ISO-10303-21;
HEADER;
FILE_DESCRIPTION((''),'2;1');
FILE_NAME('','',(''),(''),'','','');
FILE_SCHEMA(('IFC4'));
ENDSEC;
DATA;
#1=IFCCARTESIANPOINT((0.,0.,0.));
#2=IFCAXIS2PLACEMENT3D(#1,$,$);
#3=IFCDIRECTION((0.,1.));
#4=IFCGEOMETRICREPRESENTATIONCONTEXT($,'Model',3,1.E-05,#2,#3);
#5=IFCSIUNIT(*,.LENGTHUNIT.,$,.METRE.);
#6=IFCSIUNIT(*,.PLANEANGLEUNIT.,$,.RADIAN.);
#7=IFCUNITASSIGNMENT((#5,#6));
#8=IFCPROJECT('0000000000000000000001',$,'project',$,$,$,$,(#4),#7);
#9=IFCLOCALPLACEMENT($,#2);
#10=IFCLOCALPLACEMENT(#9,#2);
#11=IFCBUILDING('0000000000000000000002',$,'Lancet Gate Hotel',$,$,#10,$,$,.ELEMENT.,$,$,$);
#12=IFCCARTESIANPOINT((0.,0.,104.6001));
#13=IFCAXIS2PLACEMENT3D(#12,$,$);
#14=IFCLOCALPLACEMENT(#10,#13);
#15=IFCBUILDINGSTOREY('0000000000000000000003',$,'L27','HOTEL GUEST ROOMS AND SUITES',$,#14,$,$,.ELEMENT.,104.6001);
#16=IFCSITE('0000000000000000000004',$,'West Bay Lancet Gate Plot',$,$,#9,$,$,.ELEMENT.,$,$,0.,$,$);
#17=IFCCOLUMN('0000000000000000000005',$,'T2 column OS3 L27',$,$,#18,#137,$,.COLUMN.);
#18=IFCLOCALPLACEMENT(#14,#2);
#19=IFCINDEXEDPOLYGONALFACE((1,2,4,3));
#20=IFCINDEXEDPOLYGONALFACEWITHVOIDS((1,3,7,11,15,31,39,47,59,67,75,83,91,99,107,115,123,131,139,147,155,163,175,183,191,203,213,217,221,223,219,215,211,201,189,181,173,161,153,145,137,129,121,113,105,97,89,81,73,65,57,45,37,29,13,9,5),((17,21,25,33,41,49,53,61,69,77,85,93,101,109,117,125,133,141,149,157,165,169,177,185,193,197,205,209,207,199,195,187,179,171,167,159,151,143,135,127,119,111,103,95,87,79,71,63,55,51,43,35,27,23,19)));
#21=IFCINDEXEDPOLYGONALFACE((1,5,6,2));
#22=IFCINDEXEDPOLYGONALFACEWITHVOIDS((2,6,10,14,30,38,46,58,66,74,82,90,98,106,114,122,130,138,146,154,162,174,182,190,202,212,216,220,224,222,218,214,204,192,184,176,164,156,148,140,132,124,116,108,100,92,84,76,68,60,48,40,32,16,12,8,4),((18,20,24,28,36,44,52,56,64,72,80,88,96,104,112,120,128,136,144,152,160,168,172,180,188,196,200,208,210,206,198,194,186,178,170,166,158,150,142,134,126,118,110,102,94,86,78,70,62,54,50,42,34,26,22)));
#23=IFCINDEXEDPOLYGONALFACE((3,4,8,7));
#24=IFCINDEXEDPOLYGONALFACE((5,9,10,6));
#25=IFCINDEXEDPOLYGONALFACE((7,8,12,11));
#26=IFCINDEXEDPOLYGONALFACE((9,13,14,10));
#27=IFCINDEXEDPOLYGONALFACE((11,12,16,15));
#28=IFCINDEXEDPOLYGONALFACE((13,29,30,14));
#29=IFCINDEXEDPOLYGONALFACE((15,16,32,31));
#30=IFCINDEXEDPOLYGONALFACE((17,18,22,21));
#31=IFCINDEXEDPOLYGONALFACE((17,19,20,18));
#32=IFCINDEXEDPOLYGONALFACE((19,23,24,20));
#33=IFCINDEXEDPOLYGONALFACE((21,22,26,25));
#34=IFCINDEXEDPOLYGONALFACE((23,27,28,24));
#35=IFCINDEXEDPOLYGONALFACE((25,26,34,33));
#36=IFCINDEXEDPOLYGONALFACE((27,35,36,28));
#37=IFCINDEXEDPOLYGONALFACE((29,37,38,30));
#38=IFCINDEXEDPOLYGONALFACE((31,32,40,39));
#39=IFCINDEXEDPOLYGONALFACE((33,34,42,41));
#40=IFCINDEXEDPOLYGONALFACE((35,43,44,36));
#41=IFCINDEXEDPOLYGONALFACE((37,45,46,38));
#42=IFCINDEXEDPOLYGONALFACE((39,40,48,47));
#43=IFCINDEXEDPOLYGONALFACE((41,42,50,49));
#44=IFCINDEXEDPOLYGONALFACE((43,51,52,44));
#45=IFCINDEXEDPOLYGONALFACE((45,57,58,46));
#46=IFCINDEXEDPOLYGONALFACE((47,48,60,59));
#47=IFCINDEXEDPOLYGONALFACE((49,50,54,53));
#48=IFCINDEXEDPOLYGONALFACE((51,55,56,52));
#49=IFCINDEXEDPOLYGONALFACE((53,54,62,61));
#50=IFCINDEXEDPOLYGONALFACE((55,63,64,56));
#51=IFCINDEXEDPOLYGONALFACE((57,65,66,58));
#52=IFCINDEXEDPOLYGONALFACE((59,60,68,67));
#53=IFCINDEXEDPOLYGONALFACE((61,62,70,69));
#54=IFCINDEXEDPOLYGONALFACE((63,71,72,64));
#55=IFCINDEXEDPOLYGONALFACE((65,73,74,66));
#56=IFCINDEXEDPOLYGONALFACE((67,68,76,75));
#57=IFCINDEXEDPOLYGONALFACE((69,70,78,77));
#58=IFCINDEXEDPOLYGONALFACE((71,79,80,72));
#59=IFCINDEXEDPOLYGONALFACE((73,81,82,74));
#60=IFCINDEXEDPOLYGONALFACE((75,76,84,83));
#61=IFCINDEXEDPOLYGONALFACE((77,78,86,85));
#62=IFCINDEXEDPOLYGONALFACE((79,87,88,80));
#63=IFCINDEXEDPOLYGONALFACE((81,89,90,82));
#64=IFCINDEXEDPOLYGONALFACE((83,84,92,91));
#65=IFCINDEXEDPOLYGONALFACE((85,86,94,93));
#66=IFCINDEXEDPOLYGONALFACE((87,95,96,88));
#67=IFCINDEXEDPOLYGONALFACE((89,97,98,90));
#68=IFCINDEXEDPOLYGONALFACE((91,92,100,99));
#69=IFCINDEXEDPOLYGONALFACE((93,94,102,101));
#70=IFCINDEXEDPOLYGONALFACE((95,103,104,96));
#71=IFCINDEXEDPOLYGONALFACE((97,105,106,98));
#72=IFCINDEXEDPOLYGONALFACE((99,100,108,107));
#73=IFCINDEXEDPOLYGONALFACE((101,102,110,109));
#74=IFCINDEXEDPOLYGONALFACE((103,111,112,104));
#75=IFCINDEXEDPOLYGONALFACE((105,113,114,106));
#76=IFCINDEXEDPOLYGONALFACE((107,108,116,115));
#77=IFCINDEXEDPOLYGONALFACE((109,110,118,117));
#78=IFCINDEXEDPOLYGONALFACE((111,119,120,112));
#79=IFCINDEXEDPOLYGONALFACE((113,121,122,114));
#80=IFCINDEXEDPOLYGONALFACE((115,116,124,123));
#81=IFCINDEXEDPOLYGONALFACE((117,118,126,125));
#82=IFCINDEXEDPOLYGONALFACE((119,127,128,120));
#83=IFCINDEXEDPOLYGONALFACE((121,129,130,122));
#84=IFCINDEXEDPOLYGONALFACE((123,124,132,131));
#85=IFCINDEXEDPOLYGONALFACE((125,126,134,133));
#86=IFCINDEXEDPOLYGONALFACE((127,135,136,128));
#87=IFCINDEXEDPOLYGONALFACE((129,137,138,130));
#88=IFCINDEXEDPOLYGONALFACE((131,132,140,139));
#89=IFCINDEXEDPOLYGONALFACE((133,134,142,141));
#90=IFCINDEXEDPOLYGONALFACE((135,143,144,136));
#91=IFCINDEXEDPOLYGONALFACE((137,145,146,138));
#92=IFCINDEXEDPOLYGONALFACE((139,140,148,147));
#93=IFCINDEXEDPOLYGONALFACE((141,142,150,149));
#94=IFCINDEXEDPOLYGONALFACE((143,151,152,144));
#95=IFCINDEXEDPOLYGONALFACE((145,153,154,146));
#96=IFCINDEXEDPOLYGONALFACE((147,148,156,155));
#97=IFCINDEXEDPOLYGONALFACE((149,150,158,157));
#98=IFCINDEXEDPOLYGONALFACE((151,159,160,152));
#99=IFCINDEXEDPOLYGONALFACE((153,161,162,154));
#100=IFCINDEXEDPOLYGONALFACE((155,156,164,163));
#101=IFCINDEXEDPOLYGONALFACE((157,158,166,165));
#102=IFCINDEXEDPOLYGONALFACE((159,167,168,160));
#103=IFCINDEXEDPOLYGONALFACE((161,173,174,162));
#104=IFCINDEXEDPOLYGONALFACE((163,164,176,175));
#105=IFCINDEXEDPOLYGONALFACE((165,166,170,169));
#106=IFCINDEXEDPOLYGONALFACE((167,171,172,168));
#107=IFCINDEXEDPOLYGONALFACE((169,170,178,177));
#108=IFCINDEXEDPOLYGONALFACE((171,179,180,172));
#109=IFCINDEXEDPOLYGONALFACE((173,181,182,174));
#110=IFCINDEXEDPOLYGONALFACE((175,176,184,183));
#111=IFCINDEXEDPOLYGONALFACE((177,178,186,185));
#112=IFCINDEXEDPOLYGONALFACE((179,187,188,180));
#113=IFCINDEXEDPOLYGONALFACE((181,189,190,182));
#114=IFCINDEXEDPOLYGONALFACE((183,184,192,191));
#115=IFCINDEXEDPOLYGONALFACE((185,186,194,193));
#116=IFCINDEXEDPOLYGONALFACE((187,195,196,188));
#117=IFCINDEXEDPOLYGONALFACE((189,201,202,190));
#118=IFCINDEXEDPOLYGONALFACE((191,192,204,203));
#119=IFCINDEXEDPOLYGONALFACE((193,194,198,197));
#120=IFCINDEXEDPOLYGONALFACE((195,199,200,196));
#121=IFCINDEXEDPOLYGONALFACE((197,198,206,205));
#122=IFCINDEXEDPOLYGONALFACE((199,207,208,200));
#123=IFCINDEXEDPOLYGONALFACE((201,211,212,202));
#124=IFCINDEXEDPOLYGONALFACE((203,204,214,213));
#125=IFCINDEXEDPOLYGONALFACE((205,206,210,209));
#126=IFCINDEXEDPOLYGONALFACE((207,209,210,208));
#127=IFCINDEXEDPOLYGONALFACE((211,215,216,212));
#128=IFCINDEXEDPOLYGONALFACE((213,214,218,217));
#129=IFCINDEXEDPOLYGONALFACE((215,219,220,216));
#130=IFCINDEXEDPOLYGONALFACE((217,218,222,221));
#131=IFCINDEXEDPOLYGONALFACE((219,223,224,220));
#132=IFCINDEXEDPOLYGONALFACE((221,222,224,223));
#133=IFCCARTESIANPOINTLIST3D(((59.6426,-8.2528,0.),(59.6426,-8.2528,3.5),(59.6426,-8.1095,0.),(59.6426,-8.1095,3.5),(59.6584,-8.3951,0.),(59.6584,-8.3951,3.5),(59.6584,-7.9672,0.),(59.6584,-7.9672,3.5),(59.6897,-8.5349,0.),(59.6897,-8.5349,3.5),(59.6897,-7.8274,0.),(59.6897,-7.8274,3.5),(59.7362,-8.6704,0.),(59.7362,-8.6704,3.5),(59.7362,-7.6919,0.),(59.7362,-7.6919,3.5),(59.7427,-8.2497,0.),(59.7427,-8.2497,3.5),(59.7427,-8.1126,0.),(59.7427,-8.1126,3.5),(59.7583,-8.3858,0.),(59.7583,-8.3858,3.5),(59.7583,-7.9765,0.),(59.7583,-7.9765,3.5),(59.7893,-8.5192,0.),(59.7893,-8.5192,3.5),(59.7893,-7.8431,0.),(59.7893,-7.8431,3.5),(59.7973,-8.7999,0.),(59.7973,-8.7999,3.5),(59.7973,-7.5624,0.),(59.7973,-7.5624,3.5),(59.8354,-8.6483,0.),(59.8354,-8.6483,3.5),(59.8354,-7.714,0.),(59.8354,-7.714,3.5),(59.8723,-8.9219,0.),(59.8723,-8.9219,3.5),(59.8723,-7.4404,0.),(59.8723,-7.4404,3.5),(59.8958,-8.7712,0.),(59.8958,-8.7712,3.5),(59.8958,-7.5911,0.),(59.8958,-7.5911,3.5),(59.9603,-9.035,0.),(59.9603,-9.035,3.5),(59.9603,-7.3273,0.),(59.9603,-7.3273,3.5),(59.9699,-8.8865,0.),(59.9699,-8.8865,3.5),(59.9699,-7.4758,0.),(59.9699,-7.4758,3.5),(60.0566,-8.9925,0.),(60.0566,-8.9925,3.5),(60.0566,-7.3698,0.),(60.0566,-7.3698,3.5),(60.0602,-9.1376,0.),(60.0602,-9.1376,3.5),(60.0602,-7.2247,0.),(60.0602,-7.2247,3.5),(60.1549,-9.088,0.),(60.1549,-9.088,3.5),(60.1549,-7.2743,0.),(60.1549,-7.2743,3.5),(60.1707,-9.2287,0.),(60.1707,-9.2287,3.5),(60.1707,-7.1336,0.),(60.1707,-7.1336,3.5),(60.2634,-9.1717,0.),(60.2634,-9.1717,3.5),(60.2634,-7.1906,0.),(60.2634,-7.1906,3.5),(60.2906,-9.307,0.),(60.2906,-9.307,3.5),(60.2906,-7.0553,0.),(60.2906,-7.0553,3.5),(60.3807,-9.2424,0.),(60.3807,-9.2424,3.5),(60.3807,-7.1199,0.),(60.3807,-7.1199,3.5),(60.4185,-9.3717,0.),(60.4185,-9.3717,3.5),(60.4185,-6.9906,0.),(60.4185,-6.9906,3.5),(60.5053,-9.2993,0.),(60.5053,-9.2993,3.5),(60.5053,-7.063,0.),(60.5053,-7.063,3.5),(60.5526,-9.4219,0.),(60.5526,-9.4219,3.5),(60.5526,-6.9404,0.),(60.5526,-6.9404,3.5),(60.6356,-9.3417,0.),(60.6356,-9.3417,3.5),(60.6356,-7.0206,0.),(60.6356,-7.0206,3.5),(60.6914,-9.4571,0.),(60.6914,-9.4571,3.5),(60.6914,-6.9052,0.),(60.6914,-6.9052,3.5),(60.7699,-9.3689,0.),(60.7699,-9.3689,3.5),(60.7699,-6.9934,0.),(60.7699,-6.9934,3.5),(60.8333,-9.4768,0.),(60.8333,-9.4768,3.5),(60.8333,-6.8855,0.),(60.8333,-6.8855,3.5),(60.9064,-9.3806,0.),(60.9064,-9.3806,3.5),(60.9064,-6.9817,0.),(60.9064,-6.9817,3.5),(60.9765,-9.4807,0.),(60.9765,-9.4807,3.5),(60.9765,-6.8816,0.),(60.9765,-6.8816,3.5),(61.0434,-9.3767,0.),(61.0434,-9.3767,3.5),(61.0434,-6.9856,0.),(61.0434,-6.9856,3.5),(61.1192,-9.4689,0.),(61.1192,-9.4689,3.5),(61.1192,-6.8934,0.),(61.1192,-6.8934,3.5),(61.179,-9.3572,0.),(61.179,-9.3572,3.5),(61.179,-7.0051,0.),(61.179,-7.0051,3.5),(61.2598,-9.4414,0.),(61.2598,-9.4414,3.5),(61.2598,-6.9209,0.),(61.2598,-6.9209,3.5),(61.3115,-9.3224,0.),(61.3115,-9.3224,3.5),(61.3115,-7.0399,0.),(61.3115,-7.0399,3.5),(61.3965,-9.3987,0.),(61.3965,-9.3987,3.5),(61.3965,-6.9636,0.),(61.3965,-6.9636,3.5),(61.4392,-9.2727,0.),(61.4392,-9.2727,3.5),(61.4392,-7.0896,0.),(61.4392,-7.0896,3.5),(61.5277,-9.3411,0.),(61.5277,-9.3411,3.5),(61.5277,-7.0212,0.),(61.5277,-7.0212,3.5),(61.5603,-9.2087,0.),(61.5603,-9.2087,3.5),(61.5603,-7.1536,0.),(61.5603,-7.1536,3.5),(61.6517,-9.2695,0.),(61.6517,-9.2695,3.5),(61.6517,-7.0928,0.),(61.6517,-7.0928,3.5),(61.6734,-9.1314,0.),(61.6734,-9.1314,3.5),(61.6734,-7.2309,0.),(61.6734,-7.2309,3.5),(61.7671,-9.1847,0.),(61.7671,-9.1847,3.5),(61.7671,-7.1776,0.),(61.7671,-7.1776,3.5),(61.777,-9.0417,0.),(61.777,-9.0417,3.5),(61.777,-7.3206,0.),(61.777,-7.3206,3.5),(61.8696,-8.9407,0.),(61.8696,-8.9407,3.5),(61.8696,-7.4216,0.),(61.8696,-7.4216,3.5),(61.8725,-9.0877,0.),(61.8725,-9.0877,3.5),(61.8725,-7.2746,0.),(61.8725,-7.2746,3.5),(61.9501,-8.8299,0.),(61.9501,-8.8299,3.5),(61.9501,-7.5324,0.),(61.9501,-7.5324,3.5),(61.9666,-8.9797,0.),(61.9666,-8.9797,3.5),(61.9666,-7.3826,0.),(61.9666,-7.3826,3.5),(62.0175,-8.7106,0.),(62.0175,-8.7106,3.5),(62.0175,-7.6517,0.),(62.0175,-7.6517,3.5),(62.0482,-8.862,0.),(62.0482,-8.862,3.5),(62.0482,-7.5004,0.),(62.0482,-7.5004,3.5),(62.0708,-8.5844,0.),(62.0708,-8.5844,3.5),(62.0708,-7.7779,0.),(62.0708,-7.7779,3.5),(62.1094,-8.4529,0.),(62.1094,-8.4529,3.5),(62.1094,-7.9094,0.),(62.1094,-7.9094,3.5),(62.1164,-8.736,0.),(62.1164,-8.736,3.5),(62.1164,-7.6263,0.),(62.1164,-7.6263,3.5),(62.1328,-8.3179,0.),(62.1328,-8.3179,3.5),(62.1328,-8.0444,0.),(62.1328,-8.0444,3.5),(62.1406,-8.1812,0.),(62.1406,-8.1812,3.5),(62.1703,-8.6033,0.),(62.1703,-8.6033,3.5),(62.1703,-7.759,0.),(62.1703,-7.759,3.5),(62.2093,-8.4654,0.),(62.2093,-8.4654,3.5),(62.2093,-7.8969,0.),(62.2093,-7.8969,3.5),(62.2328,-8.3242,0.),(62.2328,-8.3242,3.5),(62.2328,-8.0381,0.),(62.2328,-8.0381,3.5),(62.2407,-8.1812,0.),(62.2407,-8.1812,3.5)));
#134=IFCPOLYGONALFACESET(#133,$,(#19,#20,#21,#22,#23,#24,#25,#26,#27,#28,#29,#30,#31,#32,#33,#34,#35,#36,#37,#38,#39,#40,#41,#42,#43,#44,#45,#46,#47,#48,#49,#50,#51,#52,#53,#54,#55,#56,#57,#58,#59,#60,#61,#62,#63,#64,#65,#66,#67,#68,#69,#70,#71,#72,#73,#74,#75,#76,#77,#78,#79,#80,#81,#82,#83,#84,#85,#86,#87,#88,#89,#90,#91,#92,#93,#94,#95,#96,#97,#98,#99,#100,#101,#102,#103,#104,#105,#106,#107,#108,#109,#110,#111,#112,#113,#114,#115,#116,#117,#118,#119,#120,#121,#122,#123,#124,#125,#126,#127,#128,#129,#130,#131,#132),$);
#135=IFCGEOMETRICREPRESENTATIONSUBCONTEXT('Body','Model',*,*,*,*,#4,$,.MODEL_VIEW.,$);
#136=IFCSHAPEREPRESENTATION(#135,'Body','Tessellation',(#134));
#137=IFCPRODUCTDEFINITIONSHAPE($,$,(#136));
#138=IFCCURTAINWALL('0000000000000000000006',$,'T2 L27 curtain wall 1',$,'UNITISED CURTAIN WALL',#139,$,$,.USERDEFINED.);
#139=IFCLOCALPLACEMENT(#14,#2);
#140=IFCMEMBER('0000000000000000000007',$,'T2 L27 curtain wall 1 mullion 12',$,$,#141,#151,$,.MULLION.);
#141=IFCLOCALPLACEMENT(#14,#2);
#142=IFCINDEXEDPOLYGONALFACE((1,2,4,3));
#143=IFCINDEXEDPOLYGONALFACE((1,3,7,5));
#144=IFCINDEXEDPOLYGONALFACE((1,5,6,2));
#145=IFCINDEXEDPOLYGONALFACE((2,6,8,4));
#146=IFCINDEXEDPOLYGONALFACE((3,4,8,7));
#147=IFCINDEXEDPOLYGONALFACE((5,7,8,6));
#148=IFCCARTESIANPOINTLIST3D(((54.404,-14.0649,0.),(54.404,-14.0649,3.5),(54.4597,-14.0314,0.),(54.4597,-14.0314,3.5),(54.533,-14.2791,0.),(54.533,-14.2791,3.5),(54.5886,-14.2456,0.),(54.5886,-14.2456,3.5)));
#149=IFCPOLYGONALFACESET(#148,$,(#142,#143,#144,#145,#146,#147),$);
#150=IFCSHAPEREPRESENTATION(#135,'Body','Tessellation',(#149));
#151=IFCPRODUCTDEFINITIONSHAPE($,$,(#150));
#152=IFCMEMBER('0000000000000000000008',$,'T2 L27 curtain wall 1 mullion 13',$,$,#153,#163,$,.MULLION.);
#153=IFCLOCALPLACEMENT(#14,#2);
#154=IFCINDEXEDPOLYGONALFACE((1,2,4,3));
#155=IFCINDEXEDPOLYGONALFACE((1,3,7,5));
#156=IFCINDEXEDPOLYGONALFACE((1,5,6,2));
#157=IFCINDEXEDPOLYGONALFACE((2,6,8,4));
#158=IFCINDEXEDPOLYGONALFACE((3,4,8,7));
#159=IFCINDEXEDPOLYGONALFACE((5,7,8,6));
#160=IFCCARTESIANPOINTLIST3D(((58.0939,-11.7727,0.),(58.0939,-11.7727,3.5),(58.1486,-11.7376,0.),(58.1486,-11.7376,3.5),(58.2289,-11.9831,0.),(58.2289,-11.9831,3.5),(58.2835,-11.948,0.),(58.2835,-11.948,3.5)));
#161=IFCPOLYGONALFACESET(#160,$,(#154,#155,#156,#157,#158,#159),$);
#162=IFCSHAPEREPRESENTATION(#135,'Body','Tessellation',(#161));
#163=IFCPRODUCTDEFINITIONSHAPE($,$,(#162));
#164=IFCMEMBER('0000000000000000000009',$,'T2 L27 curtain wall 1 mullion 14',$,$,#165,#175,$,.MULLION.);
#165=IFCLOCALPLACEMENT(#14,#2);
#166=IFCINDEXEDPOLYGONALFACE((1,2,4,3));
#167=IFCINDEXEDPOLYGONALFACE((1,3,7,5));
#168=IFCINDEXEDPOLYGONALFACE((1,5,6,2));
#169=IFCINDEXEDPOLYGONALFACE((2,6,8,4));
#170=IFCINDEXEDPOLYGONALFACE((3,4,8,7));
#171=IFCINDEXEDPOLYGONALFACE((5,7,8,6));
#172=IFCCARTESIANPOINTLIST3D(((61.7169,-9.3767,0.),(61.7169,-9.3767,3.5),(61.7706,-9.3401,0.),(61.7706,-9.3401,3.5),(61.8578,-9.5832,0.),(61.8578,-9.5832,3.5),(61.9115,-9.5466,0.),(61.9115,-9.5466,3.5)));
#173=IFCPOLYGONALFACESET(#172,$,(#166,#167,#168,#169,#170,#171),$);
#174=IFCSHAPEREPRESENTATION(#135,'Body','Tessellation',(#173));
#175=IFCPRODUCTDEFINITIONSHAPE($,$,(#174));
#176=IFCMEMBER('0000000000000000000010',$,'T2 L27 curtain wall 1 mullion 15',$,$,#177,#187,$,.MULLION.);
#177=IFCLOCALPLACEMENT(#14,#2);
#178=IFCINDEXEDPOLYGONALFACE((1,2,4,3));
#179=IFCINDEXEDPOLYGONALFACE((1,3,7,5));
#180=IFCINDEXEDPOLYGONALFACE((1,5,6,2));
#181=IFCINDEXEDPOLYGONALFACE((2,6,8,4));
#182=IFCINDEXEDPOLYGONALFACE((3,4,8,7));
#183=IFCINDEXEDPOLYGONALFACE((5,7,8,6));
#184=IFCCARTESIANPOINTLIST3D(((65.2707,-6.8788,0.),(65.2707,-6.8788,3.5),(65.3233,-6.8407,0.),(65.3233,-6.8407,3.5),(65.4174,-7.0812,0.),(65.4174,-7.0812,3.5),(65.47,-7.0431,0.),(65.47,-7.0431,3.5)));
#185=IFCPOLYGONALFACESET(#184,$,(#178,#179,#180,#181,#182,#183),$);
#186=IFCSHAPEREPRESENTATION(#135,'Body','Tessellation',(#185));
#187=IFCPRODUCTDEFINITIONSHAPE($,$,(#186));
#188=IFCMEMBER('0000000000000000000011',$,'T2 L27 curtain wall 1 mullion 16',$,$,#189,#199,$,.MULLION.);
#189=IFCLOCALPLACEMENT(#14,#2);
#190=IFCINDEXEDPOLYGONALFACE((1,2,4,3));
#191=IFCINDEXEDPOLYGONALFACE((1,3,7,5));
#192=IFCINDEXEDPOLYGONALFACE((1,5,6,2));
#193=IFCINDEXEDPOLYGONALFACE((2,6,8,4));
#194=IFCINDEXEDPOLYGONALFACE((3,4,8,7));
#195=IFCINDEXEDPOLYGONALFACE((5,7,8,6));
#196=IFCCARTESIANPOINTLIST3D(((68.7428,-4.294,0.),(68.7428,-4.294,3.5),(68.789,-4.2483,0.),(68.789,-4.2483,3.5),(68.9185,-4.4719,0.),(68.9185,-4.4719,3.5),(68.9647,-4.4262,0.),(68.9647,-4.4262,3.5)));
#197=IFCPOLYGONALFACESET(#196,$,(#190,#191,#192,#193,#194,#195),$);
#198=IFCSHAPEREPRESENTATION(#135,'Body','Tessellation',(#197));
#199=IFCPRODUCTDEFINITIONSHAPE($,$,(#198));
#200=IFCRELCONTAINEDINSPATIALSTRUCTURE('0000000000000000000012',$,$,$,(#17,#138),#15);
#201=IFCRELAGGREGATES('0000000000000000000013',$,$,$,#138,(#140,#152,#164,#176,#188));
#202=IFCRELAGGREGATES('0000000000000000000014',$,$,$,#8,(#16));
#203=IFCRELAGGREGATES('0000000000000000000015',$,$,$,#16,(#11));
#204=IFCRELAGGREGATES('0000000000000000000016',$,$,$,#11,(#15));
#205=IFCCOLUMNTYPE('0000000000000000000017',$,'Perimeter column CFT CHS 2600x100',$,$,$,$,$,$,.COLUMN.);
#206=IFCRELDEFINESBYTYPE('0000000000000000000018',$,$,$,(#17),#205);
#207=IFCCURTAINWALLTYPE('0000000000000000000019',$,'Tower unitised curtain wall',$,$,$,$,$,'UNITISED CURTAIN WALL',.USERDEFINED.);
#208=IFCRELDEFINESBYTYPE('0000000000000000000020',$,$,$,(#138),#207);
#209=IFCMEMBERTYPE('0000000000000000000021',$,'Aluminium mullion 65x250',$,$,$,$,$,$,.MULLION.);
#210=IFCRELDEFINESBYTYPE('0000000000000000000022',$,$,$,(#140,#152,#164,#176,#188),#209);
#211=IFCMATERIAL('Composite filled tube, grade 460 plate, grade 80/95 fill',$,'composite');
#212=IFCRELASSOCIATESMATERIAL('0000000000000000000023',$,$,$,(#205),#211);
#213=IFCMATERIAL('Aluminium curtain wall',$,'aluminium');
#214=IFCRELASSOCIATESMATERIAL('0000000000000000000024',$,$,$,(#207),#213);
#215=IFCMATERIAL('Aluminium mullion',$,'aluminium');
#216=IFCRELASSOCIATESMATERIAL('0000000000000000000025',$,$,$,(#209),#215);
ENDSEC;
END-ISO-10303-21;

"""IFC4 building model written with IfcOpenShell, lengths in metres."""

from ifc_helpers import new_model, si_unit, direction, frame, origin, origin_2d, place, context, subcontext, project, spatial, rectangle, hollow_circle, extrude, material, material_profile, profile_set, type_object, element, aggregate, save


model = new_model("IFC4")

# Units and contexts
model_context = context("Model", 3, precision=1e-05, world=origin(), true_north=direction((0.0, 1.0)))
body_context = subcontext(model_context, "Body", "Model", "MODEL_VIEW")
ifc_project = project(units=[si_unit("LENGTHUNIT", "METRE"), si_unit("PLANEANGLEUNIT", "RADIAN")], contexts=[model_context])

# Site, building, storey
site_placement = place(None, origin())
site = spatial("IfcSite", under=ifc_project, at=site_placement, Name="West Bay Lancet Gate Plot", CompositionType="ELEMENT", RefElevation=0.0)
building_placement = place(site_placement, origin())
building = spatial("IfcBuilding", under=site, at=building_placement, Name="Lancet Gate Hotel", CompositionType="ELEMENT")
storey_placement = place(building_placement, frame((0.0, 0.0, 104.6001)))
storey = spatial("IfcBuildingStorey", under=building, at=storey_placement, Name="L27", Description="HOTEL GUEST ROOMS AND SUITES", CompositionType="ELEMENT", Elevation=104.6001)

# Column
ifc_material_1 = material(Name="Composite filled tube, grade 460 plate, grade 80/95 fill", Category="composite")
ifc_material_profile_1 = material_profile(ifc_material_1, hollow_circle(Radius=1.3, WallThickness=0.1001, at=origin_2d()), Name="CHS 2600x100")
ifc_profile_set_1 = profile_set([ifc_material_profile_1], Name="Composite filled tube, grade 460 plate, grade 80/95 fill")
column_type = type_object("IfcColumnType", Name="Perimeter column CFT CHS 2600x100", PredefinedType="COLUMN", material=ifc_profile_set_1)
column_placement = place(storey_placement, frame((60.9407, -8.1812, 0.0), z_axis=(0.0, 0.0, 1.0), x_axis=(1.0, 0.0, 0.0)))
element("IfcColumn", 1, at=column_placement, inside=storey, type_object=column_type, Name="T2 column OS3 L27", PredefinedType="COLUMN", context=body_context, shape_type="SweptSolid", body=[
    extrude(hollow_circle(Radius=1.3, WallThickness=0.1001, at=origin_2d()), origin(), (0.0, 0.0, 1.0), 3.5),
])

# Curtain wall, members
ifc_material_2 = material(Name="Aluminium curtain wall", Category="aluminium")
curtain_wall_type = type_object("IfcCurtainWallType", Name="Tower unitised curtain wall", ElementType="UNITISED CURTAIN WALL", PredefinedType="USERDEFINED", material=ifc_material_2)
curtain_wall_placement = place(storey_placement, origin())
curtain_wall = element("IfcCurtainWall", 2, at=curtain_wall_placement, inside=storey, type_object=curtain_wall_type, Name="T2 L27 curtain wall 1", ObjectType="UNITISED CURTAIN WALL", PredefinedType="USERDEFINED")
ifc_material_3 = material(Name="Aluminium mullion", Category="aluminium")
ifc_material_profile_2 = material_profile(ifc_material_3, rectangle(XDim=0.0649, YDim=0.25, at=origin_2d()), Name="MULLION 65x250")
ifc_profile_set_2 = profile_set([ifc_material_profile_2], Name="Aluminium mullion")
member_type_1 = type_object("IfcMemberType", Name="Aluminium mullion 65x250", PredefinedType="MULLION", material=ifc_profile_set_2)
member_1_placement = place(storey_placement, frame((54.4963, -14.1553, 0.0), z_axis=(0.0, 0.0, 1.0), x_axis=(0.856728, 0.515768, 0.0)))
member_1 = element("IfcMember", 3, at=member_1_placement, type_object=member_type_1, Name="T2 L27 curtain wall 1 mullion 12", PredefinedType="MULLION", context=body_context, shape_type="SweptSolid", body=[
    extrude(rectangle(XDim=0.0649, YDim=0.25, at=origin_2d()), origin(), (0.0, 0.0, 1.0), 3.5),
])
member_2_placement = place(storey_placement, frame((58.1887, -11.8604, 0.0), z_axis=(0.0, 0.0, 1.0), x_axis=(0.841736, 0.539889, 0.0)))
member_2 = element("IfcMember", 4, at=member_2_placement, type_object=member_type_1, Name="T2 L27 curtain wall 1 mullion 13", PredefinedType="MULLION", context=body_context, shape_type="SweptSolid", body=[
    extrude(rectangle(XDim=0.0649, YDim=0.25, at=origin_2d()), origin(), (0.0, 0.0, 1.0), 3.5),
])
member_3_placement = place(storey_placement, frame((61.8142, -9.4617, 0.0), z_axis=(0.0, 0.0, 1.0), x_axis=(0.826066, 0.563574, 0.0)))
member_3 = element("IfcMember", 5, at=member_3_placement, type_object=member_type_1, Name="T2 L27 curtain wall 1 mullion 14", PredefinedType="MULLION", context=body_context, shape_type="SweptSolid", body=[
    extrude(rectangle(XDim=0.0649, YDim=0.25, at=origin_2d()), origin(), (0.0, 0.0, 1.0), 3.5),
])
member_4_placement = place(storey_placement, frame((65.3704, -6.9609, 0.0), z_axis=(0.0, 0.0, 1.0), x_axis=(0.809729, 0.586805, 0.0)))
member_4 = element("IfcMember", 6, at=member_4_placement, type_object=member_type_1, Name="T2 L27 curtain wall 1 mullion 15", PredefinedType="MULLION", context=body_context, shape_type="SweptSolid", body=[
    extrude(rectangle(XDim=0.0649, YDim=0.25, at=origin_2d()), origin(), (0.0, 0.0, 1.0), 3.5),
])
member_5_placement = place(storey_placement, frame((68.8538, -4.3601, 0.0), z_axis=(0.0, 0.0, 1.0), x_axis=(0.71161, 0.702574, 0.0)))
member_5 = element("IfcMember", 7, at=member_5_placement, type_object=member_type_1, Name="T2 L27 curtain wall 1 mullion 16", PredefinedType="MULLION", context=body_context, shape_type="SweptSolid", body=[
    extrude(rectangle(XDim=0.0649, YDim=0.25, at=origin_2d()), origin(), (0.0, 0.0, 1.0), 3.5),
])

aggregate(curtain_wall, [member_1, member_2, member_3, member_4, member_5])

save(model, "model.ifc")
